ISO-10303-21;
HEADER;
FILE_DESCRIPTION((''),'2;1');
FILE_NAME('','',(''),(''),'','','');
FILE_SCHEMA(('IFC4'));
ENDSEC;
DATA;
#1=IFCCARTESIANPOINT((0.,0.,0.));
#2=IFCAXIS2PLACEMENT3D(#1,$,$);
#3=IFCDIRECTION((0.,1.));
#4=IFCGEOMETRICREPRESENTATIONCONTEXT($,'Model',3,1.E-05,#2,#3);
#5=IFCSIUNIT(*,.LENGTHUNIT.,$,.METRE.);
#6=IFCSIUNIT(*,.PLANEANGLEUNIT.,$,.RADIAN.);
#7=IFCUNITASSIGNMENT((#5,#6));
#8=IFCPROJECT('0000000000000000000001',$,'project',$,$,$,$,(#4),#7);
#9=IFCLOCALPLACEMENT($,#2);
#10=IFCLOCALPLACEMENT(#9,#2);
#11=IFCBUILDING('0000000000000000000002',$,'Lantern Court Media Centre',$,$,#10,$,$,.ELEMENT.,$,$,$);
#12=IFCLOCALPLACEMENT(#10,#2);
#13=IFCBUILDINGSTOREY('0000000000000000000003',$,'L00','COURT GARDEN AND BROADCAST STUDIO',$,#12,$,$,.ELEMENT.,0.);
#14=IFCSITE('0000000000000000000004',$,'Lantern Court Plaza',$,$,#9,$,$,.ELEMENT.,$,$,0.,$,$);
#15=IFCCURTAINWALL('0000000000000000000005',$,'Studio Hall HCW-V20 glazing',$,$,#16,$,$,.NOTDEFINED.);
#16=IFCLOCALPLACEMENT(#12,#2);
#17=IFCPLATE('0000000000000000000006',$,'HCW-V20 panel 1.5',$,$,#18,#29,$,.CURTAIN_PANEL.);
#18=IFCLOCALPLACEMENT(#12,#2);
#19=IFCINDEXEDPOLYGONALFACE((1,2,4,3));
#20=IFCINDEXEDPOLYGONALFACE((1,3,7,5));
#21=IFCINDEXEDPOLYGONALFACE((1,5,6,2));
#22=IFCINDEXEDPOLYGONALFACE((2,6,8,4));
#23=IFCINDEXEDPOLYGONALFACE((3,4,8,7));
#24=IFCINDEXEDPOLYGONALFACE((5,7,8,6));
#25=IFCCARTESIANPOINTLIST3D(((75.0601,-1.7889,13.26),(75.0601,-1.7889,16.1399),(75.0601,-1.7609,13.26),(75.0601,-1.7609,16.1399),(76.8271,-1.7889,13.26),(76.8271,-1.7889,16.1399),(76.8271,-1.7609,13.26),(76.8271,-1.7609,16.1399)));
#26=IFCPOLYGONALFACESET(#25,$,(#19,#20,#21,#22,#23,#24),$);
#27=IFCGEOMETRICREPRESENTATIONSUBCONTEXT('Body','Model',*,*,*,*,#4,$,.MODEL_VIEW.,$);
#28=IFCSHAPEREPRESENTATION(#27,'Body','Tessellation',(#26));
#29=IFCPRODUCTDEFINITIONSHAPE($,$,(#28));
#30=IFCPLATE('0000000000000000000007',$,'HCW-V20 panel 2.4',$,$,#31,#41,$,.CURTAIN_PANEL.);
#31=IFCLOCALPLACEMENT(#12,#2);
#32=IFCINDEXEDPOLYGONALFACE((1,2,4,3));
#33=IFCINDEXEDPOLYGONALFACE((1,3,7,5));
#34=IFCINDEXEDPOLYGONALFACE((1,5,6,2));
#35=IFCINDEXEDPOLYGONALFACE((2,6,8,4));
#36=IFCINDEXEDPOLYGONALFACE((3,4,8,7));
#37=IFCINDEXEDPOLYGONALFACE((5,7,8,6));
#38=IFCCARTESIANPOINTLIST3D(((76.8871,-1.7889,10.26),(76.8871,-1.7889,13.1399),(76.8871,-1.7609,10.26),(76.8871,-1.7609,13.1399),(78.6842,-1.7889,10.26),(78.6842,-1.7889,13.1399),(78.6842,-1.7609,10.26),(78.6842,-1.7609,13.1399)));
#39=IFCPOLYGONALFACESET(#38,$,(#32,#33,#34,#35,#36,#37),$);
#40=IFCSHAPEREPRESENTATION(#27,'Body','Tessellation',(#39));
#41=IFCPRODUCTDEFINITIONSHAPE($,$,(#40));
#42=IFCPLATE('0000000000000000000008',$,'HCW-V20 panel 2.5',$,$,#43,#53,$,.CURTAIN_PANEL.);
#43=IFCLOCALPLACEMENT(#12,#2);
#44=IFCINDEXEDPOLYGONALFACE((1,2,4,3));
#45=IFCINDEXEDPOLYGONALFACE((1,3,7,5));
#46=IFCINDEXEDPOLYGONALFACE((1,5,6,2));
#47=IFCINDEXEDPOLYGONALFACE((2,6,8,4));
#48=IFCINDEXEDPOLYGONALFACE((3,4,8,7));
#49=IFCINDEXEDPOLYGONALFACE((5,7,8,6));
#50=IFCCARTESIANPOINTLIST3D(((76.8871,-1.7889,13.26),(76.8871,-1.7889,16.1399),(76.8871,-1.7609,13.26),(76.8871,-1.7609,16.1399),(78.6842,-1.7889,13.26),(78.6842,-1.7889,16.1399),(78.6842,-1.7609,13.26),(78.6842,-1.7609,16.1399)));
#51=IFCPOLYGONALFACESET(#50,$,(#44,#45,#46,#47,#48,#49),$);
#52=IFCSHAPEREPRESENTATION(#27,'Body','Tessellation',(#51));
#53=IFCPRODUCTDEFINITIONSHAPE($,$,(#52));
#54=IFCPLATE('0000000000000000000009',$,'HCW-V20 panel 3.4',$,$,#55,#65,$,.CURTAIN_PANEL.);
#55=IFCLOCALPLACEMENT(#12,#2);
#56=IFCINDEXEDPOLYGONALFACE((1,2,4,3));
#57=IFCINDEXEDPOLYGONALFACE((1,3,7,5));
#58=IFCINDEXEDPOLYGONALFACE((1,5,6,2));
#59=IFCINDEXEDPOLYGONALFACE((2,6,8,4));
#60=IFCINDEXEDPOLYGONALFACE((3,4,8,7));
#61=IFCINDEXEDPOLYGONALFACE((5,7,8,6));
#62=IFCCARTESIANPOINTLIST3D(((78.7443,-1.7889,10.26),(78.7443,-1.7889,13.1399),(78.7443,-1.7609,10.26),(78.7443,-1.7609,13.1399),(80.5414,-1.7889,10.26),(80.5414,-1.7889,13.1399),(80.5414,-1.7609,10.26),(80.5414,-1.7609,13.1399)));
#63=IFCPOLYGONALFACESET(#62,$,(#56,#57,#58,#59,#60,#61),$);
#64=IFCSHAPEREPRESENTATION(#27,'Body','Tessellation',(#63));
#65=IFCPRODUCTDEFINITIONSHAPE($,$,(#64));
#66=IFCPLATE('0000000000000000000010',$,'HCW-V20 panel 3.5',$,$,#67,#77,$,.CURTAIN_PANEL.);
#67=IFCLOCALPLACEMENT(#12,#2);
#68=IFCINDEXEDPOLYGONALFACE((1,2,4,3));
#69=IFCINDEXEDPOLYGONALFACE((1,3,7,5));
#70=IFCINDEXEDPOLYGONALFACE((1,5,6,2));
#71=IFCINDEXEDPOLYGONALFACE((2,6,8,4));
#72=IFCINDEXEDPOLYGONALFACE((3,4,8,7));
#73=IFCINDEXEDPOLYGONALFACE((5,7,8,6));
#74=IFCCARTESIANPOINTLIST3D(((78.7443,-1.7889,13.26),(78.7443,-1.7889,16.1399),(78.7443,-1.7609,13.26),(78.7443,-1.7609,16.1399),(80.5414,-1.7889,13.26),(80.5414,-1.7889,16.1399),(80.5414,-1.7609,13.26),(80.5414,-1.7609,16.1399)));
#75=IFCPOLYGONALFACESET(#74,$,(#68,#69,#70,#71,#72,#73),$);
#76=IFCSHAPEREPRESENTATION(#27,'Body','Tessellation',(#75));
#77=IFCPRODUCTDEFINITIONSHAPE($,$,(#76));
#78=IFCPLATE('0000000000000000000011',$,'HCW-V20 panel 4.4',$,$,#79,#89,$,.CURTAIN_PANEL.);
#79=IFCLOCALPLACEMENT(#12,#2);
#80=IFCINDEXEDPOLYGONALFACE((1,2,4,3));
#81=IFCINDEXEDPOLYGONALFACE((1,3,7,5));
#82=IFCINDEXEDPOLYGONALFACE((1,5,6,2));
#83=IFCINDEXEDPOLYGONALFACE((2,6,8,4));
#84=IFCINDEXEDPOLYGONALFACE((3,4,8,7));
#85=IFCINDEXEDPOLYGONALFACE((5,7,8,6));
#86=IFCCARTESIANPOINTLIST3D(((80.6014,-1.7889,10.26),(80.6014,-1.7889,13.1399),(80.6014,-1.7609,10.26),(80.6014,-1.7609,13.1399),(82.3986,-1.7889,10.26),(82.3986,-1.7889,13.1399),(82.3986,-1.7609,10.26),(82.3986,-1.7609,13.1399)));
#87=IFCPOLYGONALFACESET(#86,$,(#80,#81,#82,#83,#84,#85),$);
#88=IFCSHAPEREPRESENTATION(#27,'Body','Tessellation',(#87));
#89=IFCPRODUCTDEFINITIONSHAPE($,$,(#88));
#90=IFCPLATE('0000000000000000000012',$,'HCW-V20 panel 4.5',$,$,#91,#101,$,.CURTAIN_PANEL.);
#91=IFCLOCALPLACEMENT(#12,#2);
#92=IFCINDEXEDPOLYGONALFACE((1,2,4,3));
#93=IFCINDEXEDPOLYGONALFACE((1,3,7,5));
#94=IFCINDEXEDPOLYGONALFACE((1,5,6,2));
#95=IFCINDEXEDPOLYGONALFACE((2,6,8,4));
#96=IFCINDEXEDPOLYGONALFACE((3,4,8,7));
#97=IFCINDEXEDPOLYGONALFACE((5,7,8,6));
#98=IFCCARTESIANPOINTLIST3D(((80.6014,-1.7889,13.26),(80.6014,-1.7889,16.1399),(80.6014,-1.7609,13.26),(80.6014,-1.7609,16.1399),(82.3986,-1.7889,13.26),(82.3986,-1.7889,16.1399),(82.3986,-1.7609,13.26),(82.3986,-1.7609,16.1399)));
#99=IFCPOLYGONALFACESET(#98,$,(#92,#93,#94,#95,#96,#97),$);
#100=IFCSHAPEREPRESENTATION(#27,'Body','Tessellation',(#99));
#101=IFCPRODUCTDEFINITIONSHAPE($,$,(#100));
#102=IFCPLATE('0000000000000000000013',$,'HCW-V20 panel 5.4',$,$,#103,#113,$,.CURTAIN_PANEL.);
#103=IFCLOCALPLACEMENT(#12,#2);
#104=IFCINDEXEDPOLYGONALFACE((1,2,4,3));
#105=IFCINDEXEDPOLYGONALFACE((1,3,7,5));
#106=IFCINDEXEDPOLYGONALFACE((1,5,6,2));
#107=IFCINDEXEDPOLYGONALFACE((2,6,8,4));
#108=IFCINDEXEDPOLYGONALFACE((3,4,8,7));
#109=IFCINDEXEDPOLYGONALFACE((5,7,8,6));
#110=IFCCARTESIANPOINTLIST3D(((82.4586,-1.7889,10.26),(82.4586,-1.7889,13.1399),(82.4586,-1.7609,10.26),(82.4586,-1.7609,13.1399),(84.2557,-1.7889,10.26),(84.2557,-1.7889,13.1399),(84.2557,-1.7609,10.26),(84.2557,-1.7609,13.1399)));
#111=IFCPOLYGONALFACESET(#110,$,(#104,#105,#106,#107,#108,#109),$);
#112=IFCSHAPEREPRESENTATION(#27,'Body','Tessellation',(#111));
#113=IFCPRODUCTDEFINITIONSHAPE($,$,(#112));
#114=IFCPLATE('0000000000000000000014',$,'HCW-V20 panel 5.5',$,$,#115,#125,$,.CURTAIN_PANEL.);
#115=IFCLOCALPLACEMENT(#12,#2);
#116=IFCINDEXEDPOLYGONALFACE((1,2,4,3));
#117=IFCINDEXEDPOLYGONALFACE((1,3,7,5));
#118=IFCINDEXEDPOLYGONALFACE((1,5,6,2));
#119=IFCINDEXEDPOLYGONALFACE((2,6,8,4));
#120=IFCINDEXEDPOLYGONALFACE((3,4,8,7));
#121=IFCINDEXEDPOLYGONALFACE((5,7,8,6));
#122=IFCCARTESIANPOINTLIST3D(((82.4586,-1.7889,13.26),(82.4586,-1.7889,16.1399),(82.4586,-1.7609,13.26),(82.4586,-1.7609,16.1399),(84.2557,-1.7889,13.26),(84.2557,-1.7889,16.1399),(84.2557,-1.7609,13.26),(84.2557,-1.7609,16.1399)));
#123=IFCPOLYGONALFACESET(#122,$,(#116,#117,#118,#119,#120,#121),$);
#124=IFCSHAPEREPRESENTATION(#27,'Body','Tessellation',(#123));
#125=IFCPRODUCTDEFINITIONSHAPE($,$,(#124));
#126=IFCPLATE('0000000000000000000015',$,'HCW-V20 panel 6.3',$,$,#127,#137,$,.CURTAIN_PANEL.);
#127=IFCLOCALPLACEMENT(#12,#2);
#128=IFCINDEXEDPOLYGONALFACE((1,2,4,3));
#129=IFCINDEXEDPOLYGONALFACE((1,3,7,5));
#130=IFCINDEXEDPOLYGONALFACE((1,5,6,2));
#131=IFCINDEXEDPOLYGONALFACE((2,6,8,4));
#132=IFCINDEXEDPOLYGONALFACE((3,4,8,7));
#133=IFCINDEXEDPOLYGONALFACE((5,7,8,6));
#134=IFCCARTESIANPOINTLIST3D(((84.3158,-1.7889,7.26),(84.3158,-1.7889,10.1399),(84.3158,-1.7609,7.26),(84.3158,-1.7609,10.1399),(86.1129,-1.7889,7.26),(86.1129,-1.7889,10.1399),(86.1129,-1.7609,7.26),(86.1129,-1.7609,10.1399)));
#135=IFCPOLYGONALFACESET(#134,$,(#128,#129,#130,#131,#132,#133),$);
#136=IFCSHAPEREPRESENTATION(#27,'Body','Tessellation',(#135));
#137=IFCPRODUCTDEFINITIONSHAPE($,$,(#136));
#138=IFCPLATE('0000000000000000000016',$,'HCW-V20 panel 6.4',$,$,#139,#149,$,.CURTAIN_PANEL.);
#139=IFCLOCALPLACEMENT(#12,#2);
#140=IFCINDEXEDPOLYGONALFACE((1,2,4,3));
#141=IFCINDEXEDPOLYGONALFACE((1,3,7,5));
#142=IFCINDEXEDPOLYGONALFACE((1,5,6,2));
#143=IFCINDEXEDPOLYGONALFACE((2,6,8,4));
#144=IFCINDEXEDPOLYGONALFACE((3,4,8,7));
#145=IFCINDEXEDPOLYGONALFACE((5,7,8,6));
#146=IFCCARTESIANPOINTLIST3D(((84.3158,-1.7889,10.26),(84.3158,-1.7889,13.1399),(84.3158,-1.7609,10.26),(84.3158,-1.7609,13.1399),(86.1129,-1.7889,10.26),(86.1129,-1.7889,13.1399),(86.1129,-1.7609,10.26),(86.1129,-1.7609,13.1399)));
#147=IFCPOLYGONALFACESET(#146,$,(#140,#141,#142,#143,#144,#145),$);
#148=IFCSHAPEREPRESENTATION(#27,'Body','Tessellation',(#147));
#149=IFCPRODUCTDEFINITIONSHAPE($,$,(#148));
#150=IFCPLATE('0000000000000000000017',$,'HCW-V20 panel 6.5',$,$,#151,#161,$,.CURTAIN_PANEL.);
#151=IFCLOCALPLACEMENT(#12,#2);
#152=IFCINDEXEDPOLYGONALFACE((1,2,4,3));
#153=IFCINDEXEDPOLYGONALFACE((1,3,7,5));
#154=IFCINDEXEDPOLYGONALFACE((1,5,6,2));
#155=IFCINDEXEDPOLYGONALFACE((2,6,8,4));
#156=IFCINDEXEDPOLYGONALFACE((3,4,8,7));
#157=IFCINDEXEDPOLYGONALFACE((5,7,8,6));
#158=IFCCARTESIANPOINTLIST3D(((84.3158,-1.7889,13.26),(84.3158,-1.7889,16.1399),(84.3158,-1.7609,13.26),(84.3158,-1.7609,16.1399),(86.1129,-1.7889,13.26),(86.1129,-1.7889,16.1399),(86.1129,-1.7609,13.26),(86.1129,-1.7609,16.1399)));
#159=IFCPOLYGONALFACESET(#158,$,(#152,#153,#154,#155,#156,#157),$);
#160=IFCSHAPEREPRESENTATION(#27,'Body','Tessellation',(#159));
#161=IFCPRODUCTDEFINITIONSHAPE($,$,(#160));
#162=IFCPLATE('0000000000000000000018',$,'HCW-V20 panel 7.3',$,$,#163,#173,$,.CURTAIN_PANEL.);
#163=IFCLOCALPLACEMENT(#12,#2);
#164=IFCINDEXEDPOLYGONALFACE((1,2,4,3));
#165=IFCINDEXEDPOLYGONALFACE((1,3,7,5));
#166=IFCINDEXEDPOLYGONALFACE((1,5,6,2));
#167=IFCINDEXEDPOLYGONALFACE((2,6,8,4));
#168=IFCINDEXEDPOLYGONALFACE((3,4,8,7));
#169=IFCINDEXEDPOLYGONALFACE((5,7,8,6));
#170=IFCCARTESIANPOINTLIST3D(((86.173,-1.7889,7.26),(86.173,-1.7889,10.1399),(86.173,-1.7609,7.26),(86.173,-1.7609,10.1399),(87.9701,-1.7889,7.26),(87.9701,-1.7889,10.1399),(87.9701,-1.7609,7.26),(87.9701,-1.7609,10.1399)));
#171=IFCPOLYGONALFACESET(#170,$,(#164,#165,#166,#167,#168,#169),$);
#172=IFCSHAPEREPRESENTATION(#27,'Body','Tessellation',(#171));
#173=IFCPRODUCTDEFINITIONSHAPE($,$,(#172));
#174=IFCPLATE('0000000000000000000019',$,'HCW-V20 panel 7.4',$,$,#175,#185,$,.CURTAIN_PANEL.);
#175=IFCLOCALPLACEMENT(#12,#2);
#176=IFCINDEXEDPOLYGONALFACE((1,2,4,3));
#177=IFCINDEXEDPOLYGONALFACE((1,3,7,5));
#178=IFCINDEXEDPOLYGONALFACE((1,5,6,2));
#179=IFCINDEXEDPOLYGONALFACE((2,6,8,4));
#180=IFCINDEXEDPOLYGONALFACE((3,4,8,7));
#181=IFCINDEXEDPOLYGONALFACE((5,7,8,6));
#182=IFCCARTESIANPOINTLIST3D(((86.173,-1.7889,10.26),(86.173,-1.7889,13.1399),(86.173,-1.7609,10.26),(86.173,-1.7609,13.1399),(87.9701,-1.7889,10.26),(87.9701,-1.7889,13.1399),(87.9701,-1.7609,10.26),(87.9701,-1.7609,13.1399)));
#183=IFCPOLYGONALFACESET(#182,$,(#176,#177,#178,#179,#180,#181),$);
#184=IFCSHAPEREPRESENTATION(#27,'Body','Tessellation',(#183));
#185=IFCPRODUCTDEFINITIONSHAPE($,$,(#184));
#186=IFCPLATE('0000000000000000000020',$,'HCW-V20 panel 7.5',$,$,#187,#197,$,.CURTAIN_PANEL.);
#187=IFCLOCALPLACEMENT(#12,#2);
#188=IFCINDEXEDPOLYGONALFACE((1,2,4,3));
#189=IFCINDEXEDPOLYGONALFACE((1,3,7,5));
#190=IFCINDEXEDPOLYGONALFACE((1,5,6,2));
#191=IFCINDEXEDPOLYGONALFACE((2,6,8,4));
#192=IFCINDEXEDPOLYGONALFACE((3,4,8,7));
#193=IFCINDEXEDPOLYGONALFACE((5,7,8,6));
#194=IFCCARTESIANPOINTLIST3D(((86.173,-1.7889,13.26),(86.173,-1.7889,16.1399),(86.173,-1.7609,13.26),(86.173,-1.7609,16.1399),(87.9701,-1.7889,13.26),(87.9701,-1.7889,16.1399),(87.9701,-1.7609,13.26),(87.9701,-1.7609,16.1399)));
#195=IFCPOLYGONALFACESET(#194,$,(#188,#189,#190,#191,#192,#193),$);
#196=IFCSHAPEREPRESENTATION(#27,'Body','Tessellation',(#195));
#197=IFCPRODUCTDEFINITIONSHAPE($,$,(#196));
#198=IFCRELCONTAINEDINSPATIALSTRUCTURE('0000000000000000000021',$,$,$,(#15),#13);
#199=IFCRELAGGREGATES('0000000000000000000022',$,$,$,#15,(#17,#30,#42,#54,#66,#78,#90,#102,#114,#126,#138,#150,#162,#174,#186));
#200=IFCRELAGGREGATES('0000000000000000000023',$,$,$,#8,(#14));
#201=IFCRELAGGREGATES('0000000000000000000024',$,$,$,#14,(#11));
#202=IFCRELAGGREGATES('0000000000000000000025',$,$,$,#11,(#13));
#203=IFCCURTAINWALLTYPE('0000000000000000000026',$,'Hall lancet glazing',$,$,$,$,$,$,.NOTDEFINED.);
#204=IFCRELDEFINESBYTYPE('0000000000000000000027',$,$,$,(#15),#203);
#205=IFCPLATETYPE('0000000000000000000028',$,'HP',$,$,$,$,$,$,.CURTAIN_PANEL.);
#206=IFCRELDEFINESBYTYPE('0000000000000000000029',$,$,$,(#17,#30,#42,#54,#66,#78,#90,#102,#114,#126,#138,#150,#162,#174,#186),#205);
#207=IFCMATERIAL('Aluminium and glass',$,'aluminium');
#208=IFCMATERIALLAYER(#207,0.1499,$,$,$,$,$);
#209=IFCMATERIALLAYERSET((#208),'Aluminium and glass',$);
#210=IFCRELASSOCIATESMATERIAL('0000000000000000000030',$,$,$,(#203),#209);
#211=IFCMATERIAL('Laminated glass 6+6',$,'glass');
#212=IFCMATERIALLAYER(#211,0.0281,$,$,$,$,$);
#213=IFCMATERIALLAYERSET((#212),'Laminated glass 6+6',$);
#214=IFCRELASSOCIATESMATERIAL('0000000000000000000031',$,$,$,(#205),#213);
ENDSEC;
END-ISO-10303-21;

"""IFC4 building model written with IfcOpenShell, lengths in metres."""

from ifc_helpers import new_model, si_unit, direction, frame, origin, origin_2d, place, context, subcontext, project, spatial, rectangle, extrude, material, layer, layer_set, type_object, element, aggregate, save


model = new_model("IFC4")

# Units and contexts
model_context = context("Model", 3, precision=1e-05, world=origin(), true_north=direction((0.0, 1.0)))
body_context = subcontext(model_context, "Body", "Model", "MODEL_VIEW")
ifc_project = project(units=[si_unit("LENGTHUNIT", "METRE"), si_unit("PLANEANGLEUNIT", "RADIAN")], contexts=[model_context])

# Site, building, storey
site_placement = place(None, origin())
site = spatial("IfcSite", under=ifc_project, at=site_placement, Name="Lantern Court Plaza", CompositionType="ELEMENT", RefElevation=0.0)
building_placement = place(site_placement, origin())
building = spatial("IfcBuilding", under=site, at=building_placement, Name="Lantern Court Media Centre", CompositionType="ELEMENT")
storey_placement = place(building_placement, origin())
storey = spatial("IfcBuildingStorey", under=building, at=storey_placement, Name="L00", Description="COURT GARDEN AND BROADCAST STUDIO", CompositionType="ELEMENT", Elevation=0.0)

# Curtain wall, plates
ifc_material_1 = material(Name="Aluminium and glass", Category="aluminium")
ifc_layer_1 = layer(ifc_material_1, 0.1499)
ifc_layer_set_1 = layer_set([ifc_layer_1], Name="Aluminium and glass")
curtain_wall_type = type_object("IfcCurtainWallType", Name="Hall lancet glazing", PredefinedType="NOTDEFINED", material=ifc_layer_set_1)
curtain_wall_placement = place(storey_placement, origin())
curtain_wall = element("IfcCurtainWall", 1, at=curtain_wall_placement, inside=storey, type_object=curtain_wall_type, Name="Studio Hall HCW-V20 glazing", PredefinedType="NOTDEFINED")
ifc_material_2 = material(Name="Laminated glass 6+6", Category="glass")
ifc_layer_2 = layer(ifc_material_2, 0.0281)
ifc_layer_set_2 = layer_set([ifc_layer_2], Name="Laminated glass 6+6")
plate_type = type_object("IfcPlateType", Name="HP", PredefinedType="CURTAIN_PANEL", material=ifc_layer_set_2)
plate_1_placement = place(storey_placement, frame((75.9436, -1.7749, 13.26), z_axis=(0.0, 0.0, 1.0), x_axis=(1.0, 0.0, 0.0)))
plate_1 = element("IfcPlate", 2, at=plate_1_placement, type_object=plate_type, Name="HCW-V20 panel 1.5", PredefinedType="CURTAIN_PANEL", context=body_context, shape_type="SweptSolid", body=[
    extrude(rectangle(XDim=1.7671, YDim=0.0281, at=origin_2d()), origin(), (0.0, 0.0, 1.0), 2.8799),
])
plate_2_placement = place(storey_placement, frame((77.7856, -1.7749, 10.26), z_axis=(0.0, 0.0, 1.0), x_axis=(1.0, 0.0, 0.0)))
plate_2 = element("IfcPlate", 3, at=plate_2_placement, type_object=plate_type, Name="HCW-V20 panel 2.4", PredefinedType="CURTAIN_PANEL", context=body_context, shape_type="SweptSolid", body=[
    extrude(rectangle(XDim=1.7971, YDim=0.0281, at=origin_2d()), origin(), (0.0, 0.0, 1.0), 2.8799),
])
plate_3_placement = place(storey_placement, frame((77.7856, -1.7749, 13.26), z_axis=(0.0, 0.0, 1.0), x_axis=(1.0, 0.0, 0.0)))
plate_3 = element("IfcPlate", 4, at=plate_3_placement, type_object=plate_type, Name="HCW-V20 panel 2.5", PredefinedType="CURTAIN_PANEL", context=body_context, shape_type="SweptSolid", body=[
    extrude(rectangle(XDim=1.7971, YDim=0.0281, at=origin_2d()), origin(), (0.0, 0.0, 1.0), 2.8799),
])
plate_4_placement = place(storey_placement, frame((79.6428, -1.7749, 10.26), z_axis=(0.0, 0.0, 1.0), x_axis=(1.0, 0.0, 0.0)))
plate_4 = element("IfcPlate", 5, at=plate_4_placement, type_object=plate_type, Name="HCW-V20 panel 3.4", PredefinedType="CURTAIN_PANEL", context=body_context, shape_type="SweptSolid", body=[
    extrude(rectangle(XDim=1.7971, YDim=0.0281, at=origin_2d()), origin(), (0.0, 0.0, 1.0), 2.8799),
])
plate_5_placement = place(storey_placement, frame((79.6428, -1.7749, 13.26), z_axis=(0.0, 0.0, 1.0), x_axis=(1.0, 0.0, 0.0)))
plate_5 = element("IfcPlate", 6, at=plate_5_placement, type_object=plate_type, Name="HCW-V20 panel 3.5", PredefinedType="CURTAIN_PANEL", context=body_context, shape_type="SweptSolid", body=[
    extrude(rectangle(XDim=1.7971, YDim=0.0281, at=origin_2d()), origin(), (0.0, 0.0, 1.0), 2.8799),
])
plate_6_placement = place(storey_placement, frame((81.5, -1.7749, 10.26), z_axis=(0.0, 0.0, 1.0), x_axis=(1.0, 0.0, 0.0)))
plate_6 = element("IfcPlate", 7, at=plate_6_placement, type_object=plate_type, Name="HCW-V20 panel 4.4", PredefinedType="CURTAIN_PANEL", context=body_context, shape_type="SweptSolid", body=[
    extrude(rectangle(XDim=1.7971, YDim=0.0281, at=origin_2d()), origin(), (0.0, 0.0, 1.0), 2.8799),
])
plate_7_placement = place(storey_placement, frame((81.5, -1.7749, 13.26), z_axis=(0.0, 0.0, 1.0), x_axis=(1.0, 0.0, 0.0)))
plate_7 = element("IfcPlate", 8, at=plate_7_placement, type_object=plate_type, Name="HCW-V20 panel 4.5", PredefinedType="CURTAIN_PANEL", context=body_context, shape_type="SweptSolid", body=[
    extrude(rectangle(XDim=1.7971, YDim=0.0281, at=origin_2d()), origin(), (0.0, 0.0, 1.0), 2.8799),
])
plate_8_placement = place(storey_placement, frame((83.3572, -1.7749, 10.26), z_axis=(0.0, 0.0, 1.0), x_axis=(1.0, 0.0, 0.0)))
plate_8 = element("IfcPlate", 9, at=plate_8_placement, type_object=plate_type, Name="HCW-V20 panel 5.4", PredefinedType="CURTAIN_PANEL", context=body_context, shape_type="SweptSolid", body=[
    extrude(rectangle(XDim=1.7971, YDim=0.0281, at=origin_2d()), origin(), (0.0, 0.0, 1.0), 2.8799),
])
plate_9_placement = place(storey_placement, frame((83.3572, -1.7749, 13.26), z_axis=(0.0, 0.0, 1.0), x_axis=(1.0, 0.0, 0.0)))
plate_9 = element("IfcPlate", 10, at=plate_9_placement, type_object=plate_type, Name="HCW-V20 panel 5.5", PredefinedType="CURTAIN_PANEL", context=body_context, shape_type="SweptSolid", body=[
    extrude(rectangle(XDim=1.7971, YDim=0.0281, at=origin_2d()), origin(), (0.0, 0.0, 1.0), 2.8799),
])
plate_10_placement = place(storey_placement, frame((85.2144, -1.7749, 7.26), z_axis=(0.0, 0.0, 1.0), x_axis=(1.0, 0.0, 0.0)))
plate_10 = element("IfcPlate", 11, at=plate_10_placement, type_object=plate_type, Name="HCW-V20 panel 6.3", PredefinedType="CURTAIN_PANEL", context=body_context, shape_type="SweptSolid", body=[
    extrude(rectangle(XDim=1.7971, YDim=0.0281, at=origin_2d()), origin(), (0.0, 0.0, 1.0), 2.8799),
])
plate_11_placement = place(storey_placement, frame((85.2144, -1.7749, 10.26), z_axis=(0.0, 0.0, 1.0), x_axis=(1.0, 0.0, 0.0)))
plate_11 = element("IfcPlate", 12, at=plate_11_placement, type_object=plate_type, Name="HCW-V20 panel 6.4", PredefinedType="CURTAIN_PANEL", context=body_context, shape_type="SweptSolid", body=[
    extrude(rectangle(XDim=1.7971, YDim=0.0281, at=origin_2d()), origin(), (0.0, 0.0, 1.0), 2.8799),
])
plate_12_placement = place(storey_placement, frame((85.2144, -1.7749, 13.26), z_axis=(0.0, 0.0, 1.0), x_axis=(1.0, 0.0, 0.0)))
plate_12 = element("IfcPlate", 13, at=plate_12_placement, type_object=plate_type, Name="HCW-V20 panel 6.5", PredefinedType="CURTAIN_PANEL", context=body_context, shape_type="SweptSolid", body=[
    extrude(rectangle(XDim=1.7971, YDim=0.0281, at=origin_2d()), origin(), (0.0, 0.0, 1.0), 2.8799),
])
plate_13_placement = place(storey_placement, frame((87.0715, -1.7749, 7.26), z_axis=(0.0, 0.0, 1.0), x_axis=(1.0, 0.0, 0.0)))
plate_13 = element("IfcPlate", 14, at=plate_13_placement, type_object=plate_type, Name="HCW-V20 panel 7.3", PredefinedType="CURTAIN_PANEL", context=body_context, shape_type="SweptSolid", body=[
    extrude(rectangle(XDim=1.7971, YDim=0.0281, at=origin_2d()), origin(), (0.0, 0.0, 1.0), 2.8799),
])
plate_14_placement = place(storey_placement, frame((87.0715, -1.7749, 10.26), z_axis=(0.0, 0.0, 1.0), x_axis=(1.0, 0.0, 0.0)))
plate_14 = element("IfcPlate", 15, at=plate_14_placement, type_object=plate_type, Name="HCW-V20 panel 7.4", PredefinedType="CURTAIN_PANEL", context=body_context, shape_type="SweptSolid", body=[
    extrude(rectangle(XDim=1.7971, YDim=0.0281, at=origin_2d()), origin(), (0.0, 0.0, 1.0), 2.8799),
])
plate_15_placement = place(storey_placement, frame((87.0715, -1.7749, 13.26), z_axis=(0.0, 0.0, 1.0), x_axis=(1.0, 0.0, 0.0)))
plate_15 = element("IfcPlate", 16, at=plate_15_placement, type_object=plate_type, Name="HCW-V20 panel 7.5", PredefinedType="CURTAIN_PANEL", context=body_context, shape_type="SweptSolid", body=[
    extrude(rectangle(XDim=1.7971, YDim=0.0281, at=origin_2d()), origin(), (0.0, 0.0, 1.0), 2.8799),
])
aggregate(curtain_wall, [plate_1, plate_2, plate_3, plate_4, plate_5, plate_6, plate_7, plate_8, plate_9, plate_10, plate_11, plate_12, plate_13, plate_14, plate_15])

save(model, "model.ifc")
